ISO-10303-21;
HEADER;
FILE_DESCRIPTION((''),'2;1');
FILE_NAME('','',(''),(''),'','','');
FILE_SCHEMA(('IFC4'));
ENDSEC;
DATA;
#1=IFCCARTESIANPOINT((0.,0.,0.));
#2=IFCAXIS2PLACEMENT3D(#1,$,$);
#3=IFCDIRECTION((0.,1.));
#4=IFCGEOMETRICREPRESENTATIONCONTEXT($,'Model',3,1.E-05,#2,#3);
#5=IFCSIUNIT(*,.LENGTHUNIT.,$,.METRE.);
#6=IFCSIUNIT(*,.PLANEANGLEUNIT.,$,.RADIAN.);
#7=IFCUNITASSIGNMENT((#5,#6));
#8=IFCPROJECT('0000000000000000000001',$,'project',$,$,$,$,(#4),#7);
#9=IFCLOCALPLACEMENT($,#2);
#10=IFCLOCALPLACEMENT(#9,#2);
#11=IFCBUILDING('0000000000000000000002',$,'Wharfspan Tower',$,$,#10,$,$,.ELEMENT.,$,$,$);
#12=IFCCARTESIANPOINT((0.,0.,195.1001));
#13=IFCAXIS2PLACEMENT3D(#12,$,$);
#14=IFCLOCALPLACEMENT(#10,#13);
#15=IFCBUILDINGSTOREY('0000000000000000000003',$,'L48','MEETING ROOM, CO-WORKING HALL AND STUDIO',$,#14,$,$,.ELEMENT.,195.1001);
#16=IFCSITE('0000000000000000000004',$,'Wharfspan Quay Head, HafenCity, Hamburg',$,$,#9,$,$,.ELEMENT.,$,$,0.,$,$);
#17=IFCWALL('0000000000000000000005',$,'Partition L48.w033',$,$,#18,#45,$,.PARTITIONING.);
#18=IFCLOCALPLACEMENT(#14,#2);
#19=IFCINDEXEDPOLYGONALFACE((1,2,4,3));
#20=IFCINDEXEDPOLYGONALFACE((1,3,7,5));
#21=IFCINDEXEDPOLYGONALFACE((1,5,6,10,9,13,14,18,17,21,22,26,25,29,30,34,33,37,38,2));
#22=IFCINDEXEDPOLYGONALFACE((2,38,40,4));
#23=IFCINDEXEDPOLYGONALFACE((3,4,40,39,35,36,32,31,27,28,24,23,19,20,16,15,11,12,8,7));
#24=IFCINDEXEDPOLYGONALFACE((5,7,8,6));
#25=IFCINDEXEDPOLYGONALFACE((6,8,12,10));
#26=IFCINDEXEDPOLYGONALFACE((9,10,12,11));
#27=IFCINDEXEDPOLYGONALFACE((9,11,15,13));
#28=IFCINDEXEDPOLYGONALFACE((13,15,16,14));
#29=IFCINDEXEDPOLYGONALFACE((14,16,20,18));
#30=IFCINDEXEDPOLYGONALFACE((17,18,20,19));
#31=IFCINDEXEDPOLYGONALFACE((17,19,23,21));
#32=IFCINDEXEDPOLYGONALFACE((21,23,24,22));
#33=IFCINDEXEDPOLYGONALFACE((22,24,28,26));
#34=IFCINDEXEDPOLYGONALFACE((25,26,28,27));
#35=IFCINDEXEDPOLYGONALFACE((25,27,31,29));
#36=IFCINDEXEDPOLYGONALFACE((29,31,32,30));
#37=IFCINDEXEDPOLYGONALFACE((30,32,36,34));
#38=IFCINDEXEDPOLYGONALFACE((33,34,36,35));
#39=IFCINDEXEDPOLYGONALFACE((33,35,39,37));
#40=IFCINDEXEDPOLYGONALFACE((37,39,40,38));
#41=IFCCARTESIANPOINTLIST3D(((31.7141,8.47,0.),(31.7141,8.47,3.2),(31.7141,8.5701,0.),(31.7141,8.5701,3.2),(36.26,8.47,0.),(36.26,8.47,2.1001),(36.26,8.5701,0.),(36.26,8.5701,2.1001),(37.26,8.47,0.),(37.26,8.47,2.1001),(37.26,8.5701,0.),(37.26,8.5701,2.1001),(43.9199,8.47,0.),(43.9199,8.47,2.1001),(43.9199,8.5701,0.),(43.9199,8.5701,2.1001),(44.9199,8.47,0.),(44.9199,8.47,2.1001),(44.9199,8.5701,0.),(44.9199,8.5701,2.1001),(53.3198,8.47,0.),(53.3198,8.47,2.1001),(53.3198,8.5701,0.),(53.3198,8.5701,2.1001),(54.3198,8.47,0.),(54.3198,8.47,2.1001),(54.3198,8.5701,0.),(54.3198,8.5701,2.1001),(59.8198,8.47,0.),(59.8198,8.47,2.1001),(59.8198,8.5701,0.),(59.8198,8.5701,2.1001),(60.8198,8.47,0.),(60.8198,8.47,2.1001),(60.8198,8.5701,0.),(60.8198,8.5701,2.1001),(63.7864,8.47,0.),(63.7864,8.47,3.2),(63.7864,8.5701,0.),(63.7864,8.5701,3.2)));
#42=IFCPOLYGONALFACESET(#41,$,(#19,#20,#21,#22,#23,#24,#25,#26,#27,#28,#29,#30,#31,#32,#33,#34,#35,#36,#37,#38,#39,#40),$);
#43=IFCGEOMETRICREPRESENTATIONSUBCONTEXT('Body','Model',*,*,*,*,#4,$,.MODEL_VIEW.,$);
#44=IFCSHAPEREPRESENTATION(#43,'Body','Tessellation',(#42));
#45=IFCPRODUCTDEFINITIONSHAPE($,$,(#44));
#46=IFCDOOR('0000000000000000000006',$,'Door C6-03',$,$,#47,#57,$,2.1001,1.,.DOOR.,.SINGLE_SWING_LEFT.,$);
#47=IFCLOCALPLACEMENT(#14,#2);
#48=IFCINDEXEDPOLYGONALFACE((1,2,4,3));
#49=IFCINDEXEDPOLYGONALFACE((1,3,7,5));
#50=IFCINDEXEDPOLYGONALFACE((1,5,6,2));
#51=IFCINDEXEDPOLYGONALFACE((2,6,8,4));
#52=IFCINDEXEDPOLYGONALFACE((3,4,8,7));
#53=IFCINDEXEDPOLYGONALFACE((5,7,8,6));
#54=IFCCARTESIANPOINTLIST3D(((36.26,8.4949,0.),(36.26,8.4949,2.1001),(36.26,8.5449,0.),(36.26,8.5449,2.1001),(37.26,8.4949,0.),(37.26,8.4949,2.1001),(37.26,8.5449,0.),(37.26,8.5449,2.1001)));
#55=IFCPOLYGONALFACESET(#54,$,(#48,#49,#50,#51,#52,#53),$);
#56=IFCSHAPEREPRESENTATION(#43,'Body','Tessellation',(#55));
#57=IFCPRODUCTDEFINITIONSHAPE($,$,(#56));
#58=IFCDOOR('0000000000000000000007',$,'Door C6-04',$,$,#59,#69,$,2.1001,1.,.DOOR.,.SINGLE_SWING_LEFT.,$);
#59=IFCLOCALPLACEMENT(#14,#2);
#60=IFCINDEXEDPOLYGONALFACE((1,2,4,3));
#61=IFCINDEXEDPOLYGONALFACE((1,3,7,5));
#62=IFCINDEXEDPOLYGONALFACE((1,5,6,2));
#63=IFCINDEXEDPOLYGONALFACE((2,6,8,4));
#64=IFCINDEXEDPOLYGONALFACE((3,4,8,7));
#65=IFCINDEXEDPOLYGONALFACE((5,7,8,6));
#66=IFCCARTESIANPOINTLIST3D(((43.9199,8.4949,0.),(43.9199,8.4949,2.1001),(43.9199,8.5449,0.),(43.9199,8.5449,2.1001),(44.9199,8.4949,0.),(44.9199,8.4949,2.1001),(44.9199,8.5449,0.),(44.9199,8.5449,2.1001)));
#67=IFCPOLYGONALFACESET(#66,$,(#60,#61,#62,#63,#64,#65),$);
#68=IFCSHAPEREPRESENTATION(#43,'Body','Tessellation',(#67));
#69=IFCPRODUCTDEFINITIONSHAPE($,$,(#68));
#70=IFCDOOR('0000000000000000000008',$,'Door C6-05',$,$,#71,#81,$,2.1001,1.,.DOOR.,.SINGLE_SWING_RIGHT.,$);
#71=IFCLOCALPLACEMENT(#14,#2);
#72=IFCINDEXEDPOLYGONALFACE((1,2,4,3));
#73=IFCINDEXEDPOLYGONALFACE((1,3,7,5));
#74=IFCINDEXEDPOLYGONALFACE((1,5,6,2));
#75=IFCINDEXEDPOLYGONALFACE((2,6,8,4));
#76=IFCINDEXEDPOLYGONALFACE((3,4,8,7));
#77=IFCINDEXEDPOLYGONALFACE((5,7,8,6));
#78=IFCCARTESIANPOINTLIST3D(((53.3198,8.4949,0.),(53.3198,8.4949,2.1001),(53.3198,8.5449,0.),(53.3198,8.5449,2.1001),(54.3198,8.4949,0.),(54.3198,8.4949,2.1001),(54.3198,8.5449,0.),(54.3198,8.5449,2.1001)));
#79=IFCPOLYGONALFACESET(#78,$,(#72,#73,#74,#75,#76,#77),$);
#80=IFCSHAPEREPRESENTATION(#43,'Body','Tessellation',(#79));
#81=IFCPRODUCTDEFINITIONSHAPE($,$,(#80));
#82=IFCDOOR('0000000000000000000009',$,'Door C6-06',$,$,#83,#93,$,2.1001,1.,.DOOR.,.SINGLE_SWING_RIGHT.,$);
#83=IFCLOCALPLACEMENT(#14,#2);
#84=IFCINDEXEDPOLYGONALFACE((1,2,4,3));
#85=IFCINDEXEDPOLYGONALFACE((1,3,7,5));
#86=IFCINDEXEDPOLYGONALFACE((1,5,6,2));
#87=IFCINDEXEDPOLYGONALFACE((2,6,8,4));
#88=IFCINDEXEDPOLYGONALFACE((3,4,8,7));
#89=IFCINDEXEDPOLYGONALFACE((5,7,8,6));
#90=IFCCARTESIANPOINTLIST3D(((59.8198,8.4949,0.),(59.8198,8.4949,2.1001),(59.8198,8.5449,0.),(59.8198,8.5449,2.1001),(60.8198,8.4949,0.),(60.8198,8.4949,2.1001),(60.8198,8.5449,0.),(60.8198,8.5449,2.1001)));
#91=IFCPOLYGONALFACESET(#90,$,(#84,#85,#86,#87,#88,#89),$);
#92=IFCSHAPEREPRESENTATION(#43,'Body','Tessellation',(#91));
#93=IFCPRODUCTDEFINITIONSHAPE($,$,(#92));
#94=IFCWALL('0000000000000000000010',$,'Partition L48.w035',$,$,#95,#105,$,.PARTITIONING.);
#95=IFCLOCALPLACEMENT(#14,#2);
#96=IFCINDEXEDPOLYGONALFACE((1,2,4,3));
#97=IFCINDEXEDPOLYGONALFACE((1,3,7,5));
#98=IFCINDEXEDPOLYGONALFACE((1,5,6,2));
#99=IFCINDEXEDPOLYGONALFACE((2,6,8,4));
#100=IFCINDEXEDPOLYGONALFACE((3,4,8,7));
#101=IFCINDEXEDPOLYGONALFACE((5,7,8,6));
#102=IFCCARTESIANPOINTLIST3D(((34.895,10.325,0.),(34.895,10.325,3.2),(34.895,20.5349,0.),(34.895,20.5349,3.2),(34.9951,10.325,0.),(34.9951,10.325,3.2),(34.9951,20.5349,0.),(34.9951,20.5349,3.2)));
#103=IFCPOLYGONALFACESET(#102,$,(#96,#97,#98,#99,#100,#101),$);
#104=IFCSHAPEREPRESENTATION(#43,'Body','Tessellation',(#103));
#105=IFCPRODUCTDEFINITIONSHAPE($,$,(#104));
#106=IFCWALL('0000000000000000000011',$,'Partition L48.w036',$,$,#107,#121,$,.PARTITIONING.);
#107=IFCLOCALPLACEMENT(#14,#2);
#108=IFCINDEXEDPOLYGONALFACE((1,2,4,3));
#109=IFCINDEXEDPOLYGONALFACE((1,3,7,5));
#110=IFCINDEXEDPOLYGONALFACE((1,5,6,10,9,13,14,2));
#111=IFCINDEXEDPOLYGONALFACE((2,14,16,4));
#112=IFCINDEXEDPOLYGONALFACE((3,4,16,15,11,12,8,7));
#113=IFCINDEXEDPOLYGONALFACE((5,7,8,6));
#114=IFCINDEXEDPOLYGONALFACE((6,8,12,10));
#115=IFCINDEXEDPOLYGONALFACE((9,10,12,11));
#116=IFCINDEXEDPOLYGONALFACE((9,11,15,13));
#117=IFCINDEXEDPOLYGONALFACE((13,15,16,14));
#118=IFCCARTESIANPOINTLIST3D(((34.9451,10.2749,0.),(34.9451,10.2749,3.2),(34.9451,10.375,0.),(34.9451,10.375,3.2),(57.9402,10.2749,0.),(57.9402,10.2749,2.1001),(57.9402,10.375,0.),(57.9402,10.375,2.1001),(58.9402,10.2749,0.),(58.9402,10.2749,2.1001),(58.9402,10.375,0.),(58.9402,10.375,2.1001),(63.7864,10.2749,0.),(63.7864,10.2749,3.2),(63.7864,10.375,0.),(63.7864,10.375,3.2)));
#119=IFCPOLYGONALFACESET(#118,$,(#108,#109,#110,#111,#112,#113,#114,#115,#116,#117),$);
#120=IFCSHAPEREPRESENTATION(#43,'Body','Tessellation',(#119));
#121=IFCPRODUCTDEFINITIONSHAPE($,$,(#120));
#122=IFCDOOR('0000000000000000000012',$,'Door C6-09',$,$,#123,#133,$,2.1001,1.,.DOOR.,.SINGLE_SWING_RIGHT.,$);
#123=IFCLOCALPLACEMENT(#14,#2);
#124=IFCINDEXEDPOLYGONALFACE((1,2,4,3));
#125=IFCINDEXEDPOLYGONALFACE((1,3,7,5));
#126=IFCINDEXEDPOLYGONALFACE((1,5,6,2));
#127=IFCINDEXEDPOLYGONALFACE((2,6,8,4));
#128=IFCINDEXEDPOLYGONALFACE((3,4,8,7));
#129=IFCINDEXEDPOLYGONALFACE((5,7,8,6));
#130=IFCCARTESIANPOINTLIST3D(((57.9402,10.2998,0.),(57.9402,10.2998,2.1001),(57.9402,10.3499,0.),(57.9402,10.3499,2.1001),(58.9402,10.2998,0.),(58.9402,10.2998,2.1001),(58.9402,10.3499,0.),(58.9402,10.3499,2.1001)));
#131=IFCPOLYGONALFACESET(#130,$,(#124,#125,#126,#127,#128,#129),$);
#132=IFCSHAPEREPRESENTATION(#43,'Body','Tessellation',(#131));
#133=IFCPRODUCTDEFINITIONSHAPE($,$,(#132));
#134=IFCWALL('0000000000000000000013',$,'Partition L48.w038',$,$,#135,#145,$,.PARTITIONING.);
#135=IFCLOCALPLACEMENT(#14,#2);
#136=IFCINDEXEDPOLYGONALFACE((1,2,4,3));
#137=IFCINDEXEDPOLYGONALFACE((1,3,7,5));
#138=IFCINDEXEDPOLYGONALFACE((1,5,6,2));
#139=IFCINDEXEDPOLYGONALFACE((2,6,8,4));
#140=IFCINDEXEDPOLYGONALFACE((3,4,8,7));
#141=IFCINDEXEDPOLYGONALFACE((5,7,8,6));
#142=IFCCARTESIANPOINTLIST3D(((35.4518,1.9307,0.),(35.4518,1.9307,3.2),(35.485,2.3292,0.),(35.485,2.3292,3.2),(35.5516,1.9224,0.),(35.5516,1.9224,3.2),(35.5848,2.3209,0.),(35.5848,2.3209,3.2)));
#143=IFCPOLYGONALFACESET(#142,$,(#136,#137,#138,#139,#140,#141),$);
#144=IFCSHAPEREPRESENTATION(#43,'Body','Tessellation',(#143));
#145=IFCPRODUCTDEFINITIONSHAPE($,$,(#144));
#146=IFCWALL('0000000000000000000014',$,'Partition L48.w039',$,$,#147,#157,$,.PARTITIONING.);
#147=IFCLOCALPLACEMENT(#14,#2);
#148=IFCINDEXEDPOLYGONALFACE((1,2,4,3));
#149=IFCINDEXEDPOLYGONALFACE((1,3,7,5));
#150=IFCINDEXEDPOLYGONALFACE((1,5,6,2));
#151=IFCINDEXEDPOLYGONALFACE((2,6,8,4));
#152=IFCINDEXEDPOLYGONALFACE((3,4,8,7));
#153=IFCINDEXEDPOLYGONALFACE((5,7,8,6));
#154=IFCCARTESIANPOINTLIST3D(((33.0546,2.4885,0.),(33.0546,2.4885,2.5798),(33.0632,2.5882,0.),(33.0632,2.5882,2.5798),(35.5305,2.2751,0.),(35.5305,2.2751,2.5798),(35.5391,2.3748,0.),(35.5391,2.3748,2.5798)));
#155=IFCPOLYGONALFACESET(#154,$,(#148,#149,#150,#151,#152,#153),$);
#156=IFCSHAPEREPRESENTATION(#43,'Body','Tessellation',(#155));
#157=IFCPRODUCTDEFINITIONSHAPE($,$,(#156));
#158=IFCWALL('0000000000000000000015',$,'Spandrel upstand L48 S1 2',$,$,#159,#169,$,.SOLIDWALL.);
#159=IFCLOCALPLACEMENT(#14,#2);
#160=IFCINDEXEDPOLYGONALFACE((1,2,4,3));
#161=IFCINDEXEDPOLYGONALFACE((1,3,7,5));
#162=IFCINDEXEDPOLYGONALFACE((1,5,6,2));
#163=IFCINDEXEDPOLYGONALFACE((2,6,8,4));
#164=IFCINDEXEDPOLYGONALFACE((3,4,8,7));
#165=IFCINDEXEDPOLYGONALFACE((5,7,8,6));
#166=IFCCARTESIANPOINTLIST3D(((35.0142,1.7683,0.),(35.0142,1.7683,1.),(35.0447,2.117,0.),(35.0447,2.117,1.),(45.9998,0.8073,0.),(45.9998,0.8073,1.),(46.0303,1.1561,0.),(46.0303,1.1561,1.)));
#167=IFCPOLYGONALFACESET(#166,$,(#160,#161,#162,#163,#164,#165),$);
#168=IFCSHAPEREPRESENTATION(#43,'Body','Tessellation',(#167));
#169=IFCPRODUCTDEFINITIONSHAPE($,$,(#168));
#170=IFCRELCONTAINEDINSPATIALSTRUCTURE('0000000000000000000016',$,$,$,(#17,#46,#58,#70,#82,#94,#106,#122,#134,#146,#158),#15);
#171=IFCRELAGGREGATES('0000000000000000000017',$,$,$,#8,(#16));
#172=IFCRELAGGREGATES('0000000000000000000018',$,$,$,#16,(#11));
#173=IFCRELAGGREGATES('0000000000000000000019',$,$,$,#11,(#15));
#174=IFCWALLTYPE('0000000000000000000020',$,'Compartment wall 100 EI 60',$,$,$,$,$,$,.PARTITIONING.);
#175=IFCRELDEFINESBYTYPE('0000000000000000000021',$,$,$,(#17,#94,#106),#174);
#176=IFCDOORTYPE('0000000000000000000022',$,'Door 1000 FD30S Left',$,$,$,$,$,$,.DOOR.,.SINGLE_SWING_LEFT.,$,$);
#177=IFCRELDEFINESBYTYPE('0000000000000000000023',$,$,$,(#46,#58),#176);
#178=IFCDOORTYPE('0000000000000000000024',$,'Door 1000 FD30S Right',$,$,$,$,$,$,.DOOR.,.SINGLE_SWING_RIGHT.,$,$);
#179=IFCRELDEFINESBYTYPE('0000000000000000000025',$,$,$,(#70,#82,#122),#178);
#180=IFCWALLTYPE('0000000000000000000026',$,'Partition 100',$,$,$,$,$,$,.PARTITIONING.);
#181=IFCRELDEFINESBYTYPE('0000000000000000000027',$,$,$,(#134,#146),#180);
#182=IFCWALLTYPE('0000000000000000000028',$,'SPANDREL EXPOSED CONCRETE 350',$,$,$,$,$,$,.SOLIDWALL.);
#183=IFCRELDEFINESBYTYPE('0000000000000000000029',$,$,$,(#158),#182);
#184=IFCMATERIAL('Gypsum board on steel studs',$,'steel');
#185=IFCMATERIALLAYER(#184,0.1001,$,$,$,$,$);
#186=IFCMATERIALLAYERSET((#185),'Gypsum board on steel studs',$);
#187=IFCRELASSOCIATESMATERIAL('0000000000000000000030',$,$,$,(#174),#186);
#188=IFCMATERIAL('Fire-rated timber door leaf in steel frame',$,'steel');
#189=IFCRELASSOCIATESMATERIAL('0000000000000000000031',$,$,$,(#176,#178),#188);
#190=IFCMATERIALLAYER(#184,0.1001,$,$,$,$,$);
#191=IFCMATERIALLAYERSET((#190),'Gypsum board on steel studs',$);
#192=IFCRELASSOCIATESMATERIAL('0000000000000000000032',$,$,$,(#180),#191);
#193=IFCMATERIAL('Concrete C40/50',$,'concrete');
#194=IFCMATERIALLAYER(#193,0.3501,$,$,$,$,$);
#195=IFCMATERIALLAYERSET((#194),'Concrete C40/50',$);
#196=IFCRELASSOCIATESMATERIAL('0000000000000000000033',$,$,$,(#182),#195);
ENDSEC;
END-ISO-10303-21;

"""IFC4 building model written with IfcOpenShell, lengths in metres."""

from ifc_helpers import new_model, si_unit, direction, frame, frame_2d, origin, place, context, subcontext, project, spatial, rectangle, extrude, material, layer, layer_set, type_object, element, fill, save


model = new_model("IFC4")

# Units and contexts
model_context = context("Model", 3, precision=1e-05, world=origin(), true_north=direction((0.0, 1.0)))
body_context = subcontext(model_context, "Body", "Model", "MODEL_VIEW")
ifc_project = project(units=[si_unit("LENGTHUNIT", "METRE"), si_unit("PLANEANGLEUNIT", "RADIAN")], contexts=[model_context])

# Site, building, storey
site_placement = place(None, origin())
site = spatial("IfcSite", under=ifc_project, at=site_placement, Name="Wharfspan Quay Head, HafenCity, Hamburg", CompositionType="ELEMENT", RefElevation=0.0)
building_placement = place(site_placement, origin())
building = spatial("IfcBuilding", under=site, at=building_placement, Name="Wharfspan Tower", CompositionType="ELEMENT")
storey_placement = place(building_placement, frame((0.0, 0.0, 195.1001)))
storey = spatial("IfcBuildingStorey", under=building, at=storey_placement, Name="L48", Description="MEETING ROOM, CO-WORKING HALL AND STUDIO", CompositionType="ELEMENT", Elevation=195.1001)

# Shared definitions
ifc_material_1 = material(Name="Gypsum board on steel studs", Category="steel")
ifc_layer_1 = layer(ifc_material_1, 0.1001)
ifc_layer_set_1 = layer_set([ifc_layer_1], Name="Gypsum board on steel studs")
wall_type_1 = type_object("IfcWallType", Name="Compartment wall 100 EI 60", PredefinedType="PARTITIONING", material=ifc_layer_set_1)

# Wall, openings, doors
wall_1_placement = place(storey_placement, frame((31.7141, 8.52, 0.0), z_axis=(0.0, 0.0, 1.0), x_axis=(1.0, 0.0, 0.0)))
wall_1 = element("IfcWall", 1, at=wall_1_placement, inside=storey, type_object=wall_type_1, Name="Partition L48.w033", PredefinedType="PARTITIONING", context=body_context, shape_type="SweptSolid", body=[
    extrude(rectangle(XDim=32.0723, YDim=0.1001, at=frame_2d((16.0361, 0.0))), origin(), (0.0, 0.0, 1.0), 3.2),
])
opening_1_placement = place(wall_1_placement, frame((4.5459, 0.0, 0.0)))
opening_1 = element("IfcOpeningElement", 2, at=opening_1_placement, cuts=wall_1, PredefinedType="OPENING", context=body_context, shape_type="SweptSolid", body=[
    extrude(rectangle(XDim=1.0, YDim=2.1001, at=frame_2d((0.5, 1.05))), frame((0.0, 0.0601, 0.0), z_axis=(0.0, -1.0, 0.0), x_axis=(1.0, 0.0, 0.0)), (0.0, 0.0, 1.0), 0.1201),
])
opening_2_placement = place(wall_1_placement, frame((12.2058, 0.0, 0.0)))
opening_2 = element("IfcOpeningElement", 3, at=opening_2_placement, cuts=wall_1, PredefinedType="OPENING", context=body_context, shape_type="SweptSolid", body=[
    extrude(rectangle(XDim=1.0, YDim=2.1001, at=frame_2d((0.5, 1.05))), frame((0.0, 0.0601, 0.0), z_axis=(0.0, -1.0, 0.0), x_axis=(1.0, 0.0, 0.0)), (0.0, 0.0, 1.0), 0.1201),
])
opening_3_placement = place(wall_1_placement, frame((21.6057, 0.0, 0.0)))
opening_3 = element("IfcOpeningElement", 4, at=opening_3_placement, cuts=wall_1, PredefinedType="OPENING", context=body_context, shape_type="SweptSolid", body=[
    extrude(rectangle(XDim=1.0, YDim=2.1001, at=frame_2d((0.5, 1.05))), frame((0.0, 0.0601, 0.0), z_axis=(0.0, -1.0, 0.0), x_axis=(1.0, 0.0, 0.0)), (0.0, 0.0, 1.0), 0.1201),
])
opening_4_placement = place(wall_1_placement, frame((28.1057, 0.0, 0.0)))
opening_4 = element("IfcOpeningElement", 5, at=opening_4_placement, cuts=wall_1, PredefinedType="OPENING", context=body_context, shape_type="SweptSolid", body=[
    extrude(rectangle(XDim=1.0, YDim=2.1001, at=frame_2d((0.5, 1.05))), frame((0.0, 0.0601, 0.0), z_axis=(0.0, -1.0, 0.0), x_axis=(1.0, 0.0, 0.0)), (0.0, 0.0, 1.0), 0.1201),
])
ifc_material_2 = material(Name="Fire-rated timber door leaf in steel frame", Category="steel")
door_type_1 = type_object("IfcDoorType", Name="Door 1000 FD30S Left", OperationType="SINGLE_SWING_LEFT", PredefinedType="DOOR", material=ifc_material_2)
door_1_placement = place(opening_1_placement, origin())
door_1 = element("IfcDoor", 6, at=door_1_placement, inside=storey, type_object=door_type_1, Name="Door C6-03", OperationType="SINGLE_SWING_LEFT", OverallHeight=2.1001, OverallWidth=1.0, PredefinedType="DOOR", context=body_context, shape_type="SweptSolid", body=[
    extrude(rectangle(XDim=1.0, YDim=2.1001, at=frame_2d((0.5, 1.05))), frame((0.0, 0.0249, 0.0), z_axis=(0.0, -1.0, 0.0), x_axis=(1.0, 0.0, 0.0)), (0.0, 0.0, 1.0), 0.05),
])
fill(opening_1, door_1)
door_2_placement = place(opening_2_placement, origin())
door_2 = element("IfcDoor", 7, at=door_2_placement, inside=storey, type_object=door_type_1, Name="Door C6-04", OperationType="SINGLE_SWING_LEFT", OverallHeight=2.1001, OverallWidth=1.0, PredefinedType="DOOR", context=body_context, shape_type="SweptSolid", body=[
    extrude(rectangle(XDim=1.0, YDim=2.1001, at=frame_2d((0.5, 1.05))), frame((0.0, 0.0249, 0.0), z_axis=(0.0, -1.0, 0.0), x_axis=(1.0, 0.0, 0.0)), (0.0, 0.0, 1.0), 0.05),
])
fill(opening_2, door_2)
door_type_2 = type_object("IfcDoorType", Name="Door 1000 FD30S Right", OperationType="SINGLE_SWING_RIGHT", PredefinedType="DOOR", material=ifc_material_2)
door_3_placement = place(opening_3_placement, origin())
door_3 = element("IfcDoor", 8, at=door_3_placement, inside=storey, type_object=door_type_2, Name="Door C6-05", OperationType="SINGLE_SWING_RIGHT", OverallHeight=2.1001, OverallWidth=1.0, PredefinedType="DOOR", context=body_context, shape_type="SweptSolid", body=[
    extrude(rectangle(XDim=1.0, YDim=2.1001, at=frame_2d((0.5, 1.05))), frame((0.0, 0.0249, 0.0), z_axis=(0.0, -1.0, 0.0), x_axis=(1.0, 0.0, 0.0)), (0.0, 0.0, 1.0), 0.05),
])
fill(opening_3, door_3)
door_4_placement = place(opening_4_placement, origin())
door_4 = element("IfcDoor", 9, at=door_4_placement, inside=storey, type_object=door_type_2, Name="Door C6-06", OperationType="SINGLE_SWING_RIGHT", OverallHeight=2.1001, OverallWidth=1.0, PredefinedType="DOOR", context=body_context, shape_type="SweptSolid", body=[
    extrude(rectangle(XDim=1.0, YDim=2.1001, at=frame_2d((0.5, 1.05))), frame((0.0, 0.0249, 0.0), z_axis=(0.0, -1.0, 0.0), x_axis=(1.0, 0.0, 0.0)), (0.0, 0.0, 1.0), 0.05),
])
fill(opening_4, door_4)

# Wall
wall_2_placement = place(storey_placement, frame((34.9451, 10.325, 0.0), z_axis=(0.0, 0.0, 1.0), x_axis=(0.0, 1.0, 0.0)))
element("IfcWall", 10, at=wall_2_placement, inside=storey, type_object=wall_type_1, Name="Partition L48.w035", PredefinedType="PARTITIONING", context=body_context, shape_type="SweptSolid", body=[
    extrude(rectangle(XDim=10.21, YDim=0.1001, at=frame_2d((5.105, 0.0))), origin(), (0.0, 0.0, 1.0), 3.2),
])

# Wall, opening, door
wall_3_placement = place(storey_placement, frame((34.9451, 10.325, 0.0), z_axis=(0.0, 0.0, 1.0), x_axis=(1.0, 0.0, 0.0)))
wall_3 = element("IfcWall", 11, at=wall_3_placement, inside=storey, type_object=wall_type_1, Name="Partition L48.w036", PredefinedType="PARTITIONING", context=body_context, shape_type="SweptSolid", body=[
    extrude(rectangle(XDim=28.8413, YDim=0.1001, at=frame_2d((14.4207, 0.0))), origin(), (0.0, 0.0, 1.0), 3.2),
])
opening_5_placement = place(wall_3_placement, frame((22.9951, 0.0, 0.0)))
opening_5 = element("IfcOpeningElement", 12, at=opening_5_placement, cuts=wall_3, PredefinedType="OPENING", context=body_context, shape_type="SweptSolid", body=[
    extrude(rectangle(XDim=1.0, YDim=2.1001, at=frame_2d((0.5, 1.05))), frame((0.0, 0.0601, 0.0), z_axis=(0.0, -1.0, 0.0), x_axis=(1.0, 0.0, 0.0)), (0.0, 0.0, 1.0), 0.1201),
])
door_5_placement = place(opening_5_placement, origin())
door_5 = element("IfcDoor", 13, at=door_5_placement, inside=storey, type_object=door_type_2, Name="Door C6-09", OperationType="SINGLE_SWING_RIGHT", OverallHeight=2.1001, OverallWidth=1.0, PredefinedType="DOOR", context=body_context, shape_type="SweptSolid", body=[
    extrude(rectangle(XDim=1.0, YDim=2.1001, at=frame_2d((0.5, 1.05))), frame((0.0, 0.0249, 0.0), z_axis=(0.0, -1.0, 0.0), x_axis=(1.0, 0.0, 0.0)), (0.0, 0.0, 1.0), 0.05),
])
fill(opening_5, door_5)

# Walls
ifc_layer_2 = layer(ifc_material_1, 0.1001)
ifc_layer_set_2 = layer_set([ifc_layer_2], Name="Gypsum board on steel studs")
wall_type_2 = type_object("IfcWallType", Name="Partition 100", PredefinedType="PARTITIONING", material=ifc_layer_set_2)
wall_4_placement = place(storey_placement, frame((35.5017, 1.9265, 0.0), z_axis=(0.0, 0.0, 1.0), x_axis=(0.083045, 0.996542, 0.0)))
element("IfcWall", 14, at=wall_4_placement, inside=storey, type_object=wall_type_2, Name="Partition L48.w038", PredefinedType="PARTITIONING", context=body_context, shape_type="SweptSolid", body=[
    extrude(rectangle(XDim=0.3999, YDim=0.1001, at=frame_2d((0.2, 0.0))), origin(), (0.0, 0.0, 1.0), 3.2),
])
wall_5_placement = place(storey_placement, frame((35.5349, 2.325, 0.0), z_axis=(0.0, 0.0, 1.0), x_axis=(-0.996311, 0.085867, 0.0)))
element("IfcWall", 15, at=wall_5_placement, inside=storey, type_object=wall_type_2, Name="Partition L48.w039", PredefinedType="PARTITIONING", context=body_context, shape_type="SweptSolid", body=[
    extrude(rectangle(XDim=2.4851, YDim=0.1001, at=frame_2d((1.2427, 0.0))), origin(), (0.0, 0.0, 1.0), 2.5798),
])
ifc_material_3 = material(Name="Concrete C40/50", Category="concrete")
ifc_layer_3 = layer(ifc_material_3, 0.3501)
ifc_layer_set_3 = layer_set([ifc_layer_3], Name="Concrete C40/50")
wall_type_3 = type_object("IfcWallType", Name="SPANDREL EXPOSED CONCRETE 350", PredefinedType="SOLIDWALL", material=ifc_layer_set_3)
wall_6_placement = place(storey_placement, frame((35.0295, 1.9426, 0.0), z_axis=(0.0, 0.0, 1.0), x_axis=(0.996199, -0.08714, 0.0)))
element("IfcWall", 16, at=wall_6_placement, inside=storey, type_object=wall_type_3, Name="Spandrel upstand L48 S1 2", PredefinedType="SOLIDWALL", context=body_context, shape_type="SweptSolid", body=[
    extrude(rectangle(XDim=11.0276, YDim=0.3501, at=frame_2d((5.5137, 0.0))), origin(), (0.0, 0.0, 1.0), 1.0),
])

save(model, "model.ifc")
